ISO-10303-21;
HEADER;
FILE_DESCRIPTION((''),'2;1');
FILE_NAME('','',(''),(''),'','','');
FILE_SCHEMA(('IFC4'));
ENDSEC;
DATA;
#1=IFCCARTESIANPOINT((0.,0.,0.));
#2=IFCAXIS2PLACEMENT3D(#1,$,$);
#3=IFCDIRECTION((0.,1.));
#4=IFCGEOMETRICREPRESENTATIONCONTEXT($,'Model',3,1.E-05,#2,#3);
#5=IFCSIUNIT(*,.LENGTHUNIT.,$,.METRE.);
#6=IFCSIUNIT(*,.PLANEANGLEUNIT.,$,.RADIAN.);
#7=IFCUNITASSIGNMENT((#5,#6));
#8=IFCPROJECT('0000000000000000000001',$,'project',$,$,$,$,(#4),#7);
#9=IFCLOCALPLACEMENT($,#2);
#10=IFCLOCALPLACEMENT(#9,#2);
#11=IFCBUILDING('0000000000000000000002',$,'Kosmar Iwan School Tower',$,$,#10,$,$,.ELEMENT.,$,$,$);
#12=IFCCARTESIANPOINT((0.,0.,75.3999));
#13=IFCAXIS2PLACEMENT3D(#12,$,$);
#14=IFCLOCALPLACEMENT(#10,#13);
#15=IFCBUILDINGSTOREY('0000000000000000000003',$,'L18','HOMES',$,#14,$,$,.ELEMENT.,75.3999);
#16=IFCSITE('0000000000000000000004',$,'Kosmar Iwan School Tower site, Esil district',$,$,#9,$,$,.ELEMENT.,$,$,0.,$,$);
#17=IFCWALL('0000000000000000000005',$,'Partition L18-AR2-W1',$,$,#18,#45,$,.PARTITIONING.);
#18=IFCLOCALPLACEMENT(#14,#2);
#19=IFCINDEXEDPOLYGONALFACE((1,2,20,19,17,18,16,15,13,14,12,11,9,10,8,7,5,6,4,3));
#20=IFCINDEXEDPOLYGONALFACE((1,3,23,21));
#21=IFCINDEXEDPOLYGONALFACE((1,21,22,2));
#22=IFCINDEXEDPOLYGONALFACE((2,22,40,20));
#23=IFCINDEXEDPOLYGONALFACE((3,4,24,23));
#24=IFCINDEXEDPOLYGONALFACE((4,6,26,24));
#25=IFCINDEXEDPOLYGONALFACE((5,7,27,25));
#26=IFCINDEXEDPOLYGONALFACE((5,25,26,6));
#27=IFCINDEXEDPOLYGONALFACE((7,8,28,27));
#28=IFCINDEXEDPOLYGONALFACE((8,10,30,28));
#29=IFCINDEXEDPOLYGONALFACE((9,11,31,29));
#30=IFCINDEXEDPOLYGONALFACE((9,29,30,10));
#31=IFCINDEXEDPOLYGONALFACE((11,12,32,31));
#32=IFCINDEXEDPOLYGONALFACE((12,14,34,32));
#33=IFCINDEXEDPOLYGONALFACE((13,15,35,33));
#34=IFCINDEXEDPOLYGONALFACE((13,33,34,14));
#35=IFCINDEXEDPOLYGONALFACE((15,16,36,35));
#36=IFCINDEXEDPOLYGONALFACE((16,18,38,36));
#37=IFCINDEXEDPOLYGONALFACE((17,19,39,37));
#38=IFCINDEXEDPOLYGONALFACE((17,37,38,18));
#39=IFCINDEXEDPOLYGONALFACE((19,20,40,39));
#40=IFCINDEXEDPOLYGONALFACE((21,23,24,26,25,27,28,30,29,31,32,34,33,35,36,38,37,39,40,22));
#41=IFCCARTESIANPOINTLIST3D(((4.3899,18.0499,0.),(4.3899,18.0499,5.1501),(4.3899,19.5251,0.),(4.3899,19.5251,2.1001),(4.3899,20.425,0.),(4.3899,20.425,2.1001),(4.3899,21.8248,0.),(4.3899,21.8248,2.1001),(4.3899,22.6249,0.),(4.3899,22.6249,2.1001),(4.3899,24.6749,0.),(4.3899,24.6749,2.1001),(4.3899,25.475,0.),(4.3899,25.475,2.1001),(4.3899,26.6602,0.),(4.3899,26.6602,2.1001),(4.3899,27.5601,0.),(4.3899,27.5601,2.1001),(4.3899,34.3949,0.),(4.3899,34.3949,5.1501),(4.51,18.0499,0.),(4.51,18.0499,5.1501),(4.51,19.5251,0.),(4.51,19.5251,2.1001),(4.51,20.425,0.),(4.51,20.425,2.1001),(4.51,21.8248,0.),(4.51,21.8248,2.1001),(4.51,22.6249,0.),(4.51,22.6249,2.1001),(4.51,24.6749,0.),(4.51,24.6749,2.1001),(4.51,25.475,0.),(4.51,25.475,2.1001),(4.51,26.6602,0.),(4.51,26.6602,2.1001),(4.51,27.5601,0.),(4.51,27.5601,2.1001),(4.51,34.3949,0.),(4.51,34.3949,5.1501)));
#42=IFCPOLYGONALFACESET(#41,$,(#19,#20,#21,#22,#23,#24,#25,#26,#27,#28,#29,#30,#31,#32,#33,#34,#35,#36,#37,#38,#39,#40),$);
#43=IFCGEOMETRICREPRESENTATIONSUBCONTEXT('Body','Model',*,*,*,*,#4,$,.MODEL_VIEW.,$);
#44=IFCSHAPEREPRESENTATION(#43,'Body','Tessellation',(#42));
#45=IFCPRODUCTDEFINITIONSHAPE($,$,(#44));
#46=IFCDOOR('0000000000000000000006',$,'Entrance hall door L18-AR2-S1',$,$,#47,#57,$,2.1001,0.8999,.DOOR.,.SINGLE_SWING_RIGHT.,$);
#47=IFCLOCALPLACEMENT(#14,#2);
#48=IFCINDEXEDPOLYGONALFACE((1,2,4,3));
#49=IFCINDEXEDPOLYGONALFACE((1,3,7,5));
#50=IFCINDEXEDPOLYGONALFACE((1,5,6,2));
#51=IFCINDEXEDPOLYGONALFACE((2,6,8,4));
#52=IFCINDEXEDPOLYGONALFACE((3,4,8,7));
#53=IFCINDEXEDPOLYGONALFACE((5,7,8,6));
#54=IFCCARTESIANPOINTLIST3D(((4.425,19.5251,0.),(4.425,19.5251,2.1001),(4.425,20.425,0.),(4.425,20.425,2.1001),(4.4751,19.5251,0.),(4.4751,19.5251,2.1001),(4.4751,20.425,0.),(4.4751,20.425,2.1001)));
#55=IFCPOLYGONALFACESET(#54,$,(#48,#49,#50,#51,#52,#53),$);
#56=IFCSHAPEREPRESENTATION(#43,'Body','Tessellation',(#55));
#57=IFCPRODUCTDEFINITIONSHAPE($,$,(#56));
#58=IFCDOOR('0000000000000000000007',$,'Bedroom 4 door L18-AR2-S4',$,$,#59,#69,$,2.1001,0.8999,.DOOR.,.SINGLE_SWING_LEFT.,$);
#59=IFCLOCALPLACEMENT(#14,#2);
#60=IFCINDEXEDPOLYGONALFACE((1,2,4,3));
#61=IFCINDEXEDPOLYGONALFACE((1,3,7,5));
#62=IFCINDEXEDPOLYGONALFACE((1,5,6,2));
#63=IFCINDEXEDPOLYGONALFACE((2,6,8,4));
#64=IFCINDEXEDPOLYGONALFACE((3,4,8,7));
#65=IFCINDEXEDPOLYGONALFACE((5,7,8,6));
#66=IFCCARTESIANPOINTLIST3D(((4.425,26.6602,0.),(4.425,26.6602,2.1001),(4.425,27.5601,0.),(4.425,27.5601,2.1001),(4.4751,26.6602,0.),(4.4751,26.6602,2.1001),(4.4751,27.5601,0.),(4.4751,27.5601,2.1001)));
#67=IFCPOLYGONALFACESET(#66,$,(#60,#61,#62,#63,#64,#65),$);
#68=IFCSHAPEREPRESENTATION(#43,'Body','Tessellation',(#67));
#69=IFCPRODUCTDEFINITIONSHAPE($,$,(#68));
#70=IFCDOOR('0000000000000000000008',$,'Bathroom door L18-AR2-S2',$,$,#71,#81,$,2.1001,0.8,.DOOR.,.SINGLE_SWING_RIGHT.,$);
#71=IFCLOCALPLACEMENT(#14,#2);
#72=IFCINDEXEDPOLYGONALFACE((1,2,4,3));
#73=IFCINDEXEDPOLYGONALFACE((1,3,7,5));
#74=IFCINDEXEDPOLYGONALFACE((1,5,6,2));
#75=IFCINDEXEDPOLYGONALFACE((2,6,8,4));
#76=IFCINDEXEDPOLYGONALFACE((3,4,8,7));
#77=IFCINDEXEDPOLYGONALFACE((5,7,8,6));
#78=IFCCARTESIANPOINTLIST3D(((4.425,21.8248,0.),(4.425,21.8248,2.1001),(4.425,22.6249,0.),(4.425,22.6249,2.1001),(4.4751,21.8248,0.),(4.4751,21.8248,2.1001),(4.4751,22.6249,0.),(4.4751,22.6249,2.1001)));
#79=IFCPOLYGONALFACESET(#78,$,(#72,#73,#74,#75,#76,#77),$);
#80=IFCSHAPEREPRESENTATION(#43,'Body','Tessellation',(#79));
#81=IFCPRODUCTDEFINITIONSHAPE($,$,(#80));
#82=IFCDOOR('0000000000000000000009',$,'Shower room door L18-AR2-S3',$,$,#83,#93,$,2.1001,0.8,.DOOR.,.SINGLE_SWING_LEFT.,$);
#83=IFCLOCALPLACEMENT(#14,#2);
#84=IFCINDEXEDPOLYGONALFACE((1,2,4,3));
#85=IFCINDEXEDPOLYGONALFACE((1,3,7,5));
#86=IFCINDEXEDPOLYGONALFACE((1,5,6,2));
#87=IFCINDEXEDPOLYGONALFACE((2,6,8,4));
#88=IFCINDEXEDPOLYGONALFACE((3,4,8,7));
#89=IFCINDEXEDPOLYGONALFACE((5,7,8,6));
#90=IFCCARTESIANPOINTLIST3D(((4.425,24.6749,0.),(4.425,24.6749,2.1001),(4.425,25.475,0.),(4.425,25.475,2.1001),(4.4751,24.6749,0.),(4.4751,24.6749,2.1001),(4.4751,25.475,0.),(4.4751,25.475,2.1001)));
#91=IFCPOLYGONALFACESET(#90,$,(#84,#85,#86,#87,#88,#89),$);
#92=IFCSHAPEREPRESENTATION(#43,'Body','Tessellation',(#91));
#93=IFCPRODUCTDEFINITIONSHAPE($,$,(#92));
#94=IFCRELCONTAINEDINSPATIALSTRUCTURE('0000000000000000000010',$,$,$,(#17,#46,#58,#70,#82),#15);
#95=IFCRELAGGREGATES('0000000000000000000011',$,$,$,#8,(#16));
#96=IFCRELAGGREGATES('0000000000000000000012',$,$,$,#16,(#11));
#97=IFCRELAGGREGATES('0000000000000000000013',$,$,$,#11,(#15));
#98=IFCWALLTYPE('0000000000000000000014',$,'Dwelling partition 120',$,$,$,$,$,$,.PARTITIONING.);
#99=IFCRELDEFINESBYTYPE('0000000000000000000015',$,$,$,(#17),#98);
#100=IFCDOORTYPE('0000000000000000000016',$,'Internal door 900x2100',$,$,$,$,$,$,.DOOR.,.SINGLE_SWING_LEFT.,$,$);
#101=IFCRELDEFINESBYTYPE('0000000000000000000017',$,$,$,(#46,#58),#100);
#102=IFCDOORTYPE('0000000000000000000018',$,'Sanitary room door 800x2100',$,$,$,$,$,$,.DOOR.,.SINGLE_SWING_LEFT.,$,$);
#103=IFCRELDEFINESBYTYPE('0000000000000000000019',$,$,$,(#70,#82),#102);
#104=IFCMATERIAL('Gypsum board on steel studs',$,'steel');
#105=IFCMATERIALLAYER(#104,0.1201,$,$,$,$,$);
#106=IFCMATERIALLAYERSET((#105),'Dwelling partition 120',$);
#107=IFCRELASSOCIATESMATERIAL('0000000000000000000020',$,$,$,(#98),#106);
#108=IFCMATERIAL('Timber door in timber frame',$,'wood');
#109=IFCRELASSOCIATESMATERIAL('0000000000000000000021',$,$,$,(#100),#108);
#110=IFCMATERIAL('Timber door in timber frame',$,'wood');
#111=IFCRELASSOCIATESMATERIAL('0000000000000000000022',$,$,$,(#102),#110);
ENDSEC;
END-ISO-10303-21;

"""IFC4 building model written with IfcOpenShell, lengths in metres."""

from ifc_helpers import new_model, si_unit, direction, frame, frame_2d, origin, place, context, subcontext, project, spatial, rectangle, extrude, material, layer, layer_set, type_object, element, fill, save


model = new_model("IFC4")

# Units and contexts
model_context = context("Model", 3, precision=1e-05, world=origin(), true_north=direction((0.0, 1.0)))
body_context = subcontext(model_context, "Body", "Model", "MODEL_VIEW")
ifc_project = project(units=[si_unit("LENGTHUNIT", "METRE"), si_unit("PLANEANGLEUNIT", "RADIAN")], contexts=[model_context])

# Site, building, storey
site_placement = place(None, origin())
site = spatial("IfcSite", under=ifc_project, at=site_placement, Name="Kosmar Iwan School Tower site, Esil district", CompositionType="ELEMENT", RefElevation=0.0)
building_placement = place(site_placement, origin())
building = spatial("IfcBuilding", under=site, at=building_placement, Name="Kosmar Iwan School Tower", CompositionType="ELEMENT")
storey_placement = place(building_placement, frame((0.0, 0.0, 75.3999)))
storey = spatial("IfcBuildingStorey", under=building, at=storey_placement, Name="L18", Description="HOMES", CompositionType="ELEMENT", Elevation=75.3999)

# Wall, openings, doors
ifc_material_1 = material(Name="Gypsum board on steel studs", Category="steel")
ifc_layer_1 = layer(ifc_material_1, 0.1201)
ifc_layer_set_1 = layer_set([ifc_layer_1], Name="Dwelling partition 120")
wall_type_1 = type_object("IfcWallType", Name="Dwelling partition 120", PredefinedType="PARTITIONING", material=ifc_layer_set_1)
wall_1_placement = place(storey_placement, frame((4.45, 18.05, 0.0), z_axis=(0.0, 0.0, 1.0), x_axis=(0.0, 1.0, 0.0)))
wall_1 = element("IfcWall", 1, at=wall_1_placement, inside=storey, type_object=wall_type_1, Name="Partition L18-AR2-W1", PredefinedType="PARTITIONING", context=body_context, shape_type="SweptSolid", body=[
    extrude(rectangle(XDim=16.345, YDim=0.1201, at=frame_2d((8.1724, 0.0))), origin(), (0.0, 0.0, 1.0), 5.1501),
])
opening_1_placement = place(wall_1_placement, frame((1.4751, 0.0, 0.0)))
opening_1 = element("IfcOpeningElement", 2, at=opening_1_placement, cuts=wall_1, PredefinedType="OPENING", context=body_context, shape_type="SweptSolid", body=[
    extrude(rectangle(XDim=0.8999, YDim=2.1001, at=frame_2d((0.45, 1.05))), frame((0.0, 0.072, 0.0), z_axis=(0.0, -1.0, 0.0), x_axis=(1.0, 0.0, 0.0)), (0.0, 0.0, 1.0), 0.144),
])
opening_2_placement = place(wall_1_placement, frame((3.7749, 0.0, 0.0)))
opening_2 = element("IfcOpeningElement", 3, at=opening_2_placement, cuts=wall_1, PredefinedType="OPENING", context=body_context, shape_type="SweptSolid", body=[
    extrude(rectangle(XDim=0.8, YDim=2.1001, at=frame_2d((0.3999, 1.05))), frame((0.0, 0.072, 0.0), z_axis=(0.0, -1.0, 0.0), x_axis=(1.0, 0.0, 0.0)), (0.0, 0.0, 1.0), 0.144),
])
opening_3_placement = place(wall_1_placement, frame((6.625, 0.0, 0.0)))
opening_3 = element("IfcOpeningElement", 4, at=opening_3_placement, cuts=wall_1, PredefinedType="OPENING", context=body_context, shape_type="SweptSolid", body=[
    extrude(rectangle(XDim=0.8, YDim=2.1001, at=frame_2d((0.3999, 1.05))), frame((0.0, 0.072, 0.0), z_axis=(0.0, -1.0, 0.0), x_axis=(1.0, 0.0, 0.0)), (0.0, 0.0, 1.0), 0.144),
])
opening_4_placement = place(wall_1_placement, frame((8.6101, 0.0, 0.0)))
opening_4 = element("IfcOpeningElement", 5, at=opening_4_placement, cuts=wall_1, PredefinedType="OPENING", context=body_context, shape_type="SweptSolid", body=[
    extrude(rectangle(XDim=0.8999, YDim=2.1001, at=frame_2d((0.45, 1.05))), frame((0.0, 0.072, 0.0), z_axis=(0.0, -1.0, 0.0), x_axis=(1.0, 0.0, 0.0)), (0.0, 0.0, 1.0), 0.144),
])
ifc_material_2 = material(Name="Timber door in timber frame", Category="wood")
door_type_1 = type_object("IfcDoorType", Name="Internal door 900x2100", OperationType="SINGLE_SWING_LEFT", PredefinedType="DOOR", material=ifc_material_2)
door_1_placement = place(opening_1_placement, origin())
door_1 = element("IfcDoor", 6, at=door_1_placement, inside=storey, type_object=door_type_1, Name="Entrance hall door L18-AR2-S1", OperationType="SINGLE_SWING_RIGHT", OverallHeight=2.1001, OverallWidth=0.8999, PredefinedType="DOOR", context=body_context, shape_type="SweptSolid", body=[
    extrude(rectangle(XDim=0.8999, YDim=2.1001, at=frame_2d((0.45, 1.05))), frame((0.0, 0.0249, 0.0), z_axis=(0.0, -1.0, 0.0), x_axis=(1.0, 0.0, 0.0)), (0.0, 0.0, 1.0), 0.05),
])
fill(opening_1, door_1)
door_2_placement = place(opening_4_placement, origin())
door_2 = element("IfcDoor", 7, at=door_2_placement, inside=storey, type_object=door_type_1, Name="Bedroom 4 door L18-AR2-S4", OperationType="SINGLE_SWING_LEFT", OverallHeight=2.1001, OverallWidth=0.8999, PredefinedType="DOOR", context=body_context, shape_type="SweptSolid", body=[
    extrude(rectangle(XDim=0.8999, YDim=2.1001, at=frame_2d((0.45, 1.05))), frame((0.0, 0.0249, 0.0), z_axis=(0.0, -1.0, 0.0), x_axis=(1.0, 0.0, 0.0)), (0.0, 0.0, 1.0), 0.05),
])
fill(opening_4, door_2)
ifc_material_3 = material(Name="Timber door in timber frame", Category="wood")
door_type_2 = type_object("IfcDoorType", Name="Sanitary room door 800x2100", OperationType="SINGLE_SWING_LEFT", PredefinedType="DOOR", material=ifc_material_3)
door_3_placement = place(opening_2_placement, origin())
door_3 = element("IfcDoor", 8, at=door_3_placement, inside=storey, type_object=door_type_2, Name="Bathroom door L18-AR2-S2", OperationType="SINGLE_SWING_RIGHT", OverallHeight=2.1001, OverallWidth=0.8, PredefinedType="DOOR", context=body_context, shape_type="SweptSolid", body=[
    extrude(rectangle(XDim=0.8, YDim=2.1001, at=frame_2d((0.3999, 1.05))), frame((0.0, 0.0249, 0.0), z_axis=(0.0, -1.0, 0.0), x_axis=(1.0, 0.0, 0.0)), (0.0, 0.0, 1.0), 0.05),
])
fill(opening_2, door_3)
door_4_placement = place(opening_3_placement, origin())
door_4 = element("IfcDoor", 9, at=door_4_placement, inside=storey, type_object=door_type_2, Name="Shower room door L18-AR2-S3", OperationType="SINGLE_SWING_LEFT", OverallHeight=2.1001, OverallWidth=0.8, PredefinedType="DOOR", context=body_context, shape_type="SweptSolid", body=[
    extrude(rectangle(XDim=0.8, YDim=2.1001, at=frame_2d((0.3999, 1.05))), frame((0.0, 0.0249, 0.0), z_axis=(0.0, -1.0, 0.0), x_axis=(1.0, 0.0, 0.0)), (0.0, 0.0, 1.0), 0.05),
])
fill(opening_3, door_4)

save(model, "model.ifc")
